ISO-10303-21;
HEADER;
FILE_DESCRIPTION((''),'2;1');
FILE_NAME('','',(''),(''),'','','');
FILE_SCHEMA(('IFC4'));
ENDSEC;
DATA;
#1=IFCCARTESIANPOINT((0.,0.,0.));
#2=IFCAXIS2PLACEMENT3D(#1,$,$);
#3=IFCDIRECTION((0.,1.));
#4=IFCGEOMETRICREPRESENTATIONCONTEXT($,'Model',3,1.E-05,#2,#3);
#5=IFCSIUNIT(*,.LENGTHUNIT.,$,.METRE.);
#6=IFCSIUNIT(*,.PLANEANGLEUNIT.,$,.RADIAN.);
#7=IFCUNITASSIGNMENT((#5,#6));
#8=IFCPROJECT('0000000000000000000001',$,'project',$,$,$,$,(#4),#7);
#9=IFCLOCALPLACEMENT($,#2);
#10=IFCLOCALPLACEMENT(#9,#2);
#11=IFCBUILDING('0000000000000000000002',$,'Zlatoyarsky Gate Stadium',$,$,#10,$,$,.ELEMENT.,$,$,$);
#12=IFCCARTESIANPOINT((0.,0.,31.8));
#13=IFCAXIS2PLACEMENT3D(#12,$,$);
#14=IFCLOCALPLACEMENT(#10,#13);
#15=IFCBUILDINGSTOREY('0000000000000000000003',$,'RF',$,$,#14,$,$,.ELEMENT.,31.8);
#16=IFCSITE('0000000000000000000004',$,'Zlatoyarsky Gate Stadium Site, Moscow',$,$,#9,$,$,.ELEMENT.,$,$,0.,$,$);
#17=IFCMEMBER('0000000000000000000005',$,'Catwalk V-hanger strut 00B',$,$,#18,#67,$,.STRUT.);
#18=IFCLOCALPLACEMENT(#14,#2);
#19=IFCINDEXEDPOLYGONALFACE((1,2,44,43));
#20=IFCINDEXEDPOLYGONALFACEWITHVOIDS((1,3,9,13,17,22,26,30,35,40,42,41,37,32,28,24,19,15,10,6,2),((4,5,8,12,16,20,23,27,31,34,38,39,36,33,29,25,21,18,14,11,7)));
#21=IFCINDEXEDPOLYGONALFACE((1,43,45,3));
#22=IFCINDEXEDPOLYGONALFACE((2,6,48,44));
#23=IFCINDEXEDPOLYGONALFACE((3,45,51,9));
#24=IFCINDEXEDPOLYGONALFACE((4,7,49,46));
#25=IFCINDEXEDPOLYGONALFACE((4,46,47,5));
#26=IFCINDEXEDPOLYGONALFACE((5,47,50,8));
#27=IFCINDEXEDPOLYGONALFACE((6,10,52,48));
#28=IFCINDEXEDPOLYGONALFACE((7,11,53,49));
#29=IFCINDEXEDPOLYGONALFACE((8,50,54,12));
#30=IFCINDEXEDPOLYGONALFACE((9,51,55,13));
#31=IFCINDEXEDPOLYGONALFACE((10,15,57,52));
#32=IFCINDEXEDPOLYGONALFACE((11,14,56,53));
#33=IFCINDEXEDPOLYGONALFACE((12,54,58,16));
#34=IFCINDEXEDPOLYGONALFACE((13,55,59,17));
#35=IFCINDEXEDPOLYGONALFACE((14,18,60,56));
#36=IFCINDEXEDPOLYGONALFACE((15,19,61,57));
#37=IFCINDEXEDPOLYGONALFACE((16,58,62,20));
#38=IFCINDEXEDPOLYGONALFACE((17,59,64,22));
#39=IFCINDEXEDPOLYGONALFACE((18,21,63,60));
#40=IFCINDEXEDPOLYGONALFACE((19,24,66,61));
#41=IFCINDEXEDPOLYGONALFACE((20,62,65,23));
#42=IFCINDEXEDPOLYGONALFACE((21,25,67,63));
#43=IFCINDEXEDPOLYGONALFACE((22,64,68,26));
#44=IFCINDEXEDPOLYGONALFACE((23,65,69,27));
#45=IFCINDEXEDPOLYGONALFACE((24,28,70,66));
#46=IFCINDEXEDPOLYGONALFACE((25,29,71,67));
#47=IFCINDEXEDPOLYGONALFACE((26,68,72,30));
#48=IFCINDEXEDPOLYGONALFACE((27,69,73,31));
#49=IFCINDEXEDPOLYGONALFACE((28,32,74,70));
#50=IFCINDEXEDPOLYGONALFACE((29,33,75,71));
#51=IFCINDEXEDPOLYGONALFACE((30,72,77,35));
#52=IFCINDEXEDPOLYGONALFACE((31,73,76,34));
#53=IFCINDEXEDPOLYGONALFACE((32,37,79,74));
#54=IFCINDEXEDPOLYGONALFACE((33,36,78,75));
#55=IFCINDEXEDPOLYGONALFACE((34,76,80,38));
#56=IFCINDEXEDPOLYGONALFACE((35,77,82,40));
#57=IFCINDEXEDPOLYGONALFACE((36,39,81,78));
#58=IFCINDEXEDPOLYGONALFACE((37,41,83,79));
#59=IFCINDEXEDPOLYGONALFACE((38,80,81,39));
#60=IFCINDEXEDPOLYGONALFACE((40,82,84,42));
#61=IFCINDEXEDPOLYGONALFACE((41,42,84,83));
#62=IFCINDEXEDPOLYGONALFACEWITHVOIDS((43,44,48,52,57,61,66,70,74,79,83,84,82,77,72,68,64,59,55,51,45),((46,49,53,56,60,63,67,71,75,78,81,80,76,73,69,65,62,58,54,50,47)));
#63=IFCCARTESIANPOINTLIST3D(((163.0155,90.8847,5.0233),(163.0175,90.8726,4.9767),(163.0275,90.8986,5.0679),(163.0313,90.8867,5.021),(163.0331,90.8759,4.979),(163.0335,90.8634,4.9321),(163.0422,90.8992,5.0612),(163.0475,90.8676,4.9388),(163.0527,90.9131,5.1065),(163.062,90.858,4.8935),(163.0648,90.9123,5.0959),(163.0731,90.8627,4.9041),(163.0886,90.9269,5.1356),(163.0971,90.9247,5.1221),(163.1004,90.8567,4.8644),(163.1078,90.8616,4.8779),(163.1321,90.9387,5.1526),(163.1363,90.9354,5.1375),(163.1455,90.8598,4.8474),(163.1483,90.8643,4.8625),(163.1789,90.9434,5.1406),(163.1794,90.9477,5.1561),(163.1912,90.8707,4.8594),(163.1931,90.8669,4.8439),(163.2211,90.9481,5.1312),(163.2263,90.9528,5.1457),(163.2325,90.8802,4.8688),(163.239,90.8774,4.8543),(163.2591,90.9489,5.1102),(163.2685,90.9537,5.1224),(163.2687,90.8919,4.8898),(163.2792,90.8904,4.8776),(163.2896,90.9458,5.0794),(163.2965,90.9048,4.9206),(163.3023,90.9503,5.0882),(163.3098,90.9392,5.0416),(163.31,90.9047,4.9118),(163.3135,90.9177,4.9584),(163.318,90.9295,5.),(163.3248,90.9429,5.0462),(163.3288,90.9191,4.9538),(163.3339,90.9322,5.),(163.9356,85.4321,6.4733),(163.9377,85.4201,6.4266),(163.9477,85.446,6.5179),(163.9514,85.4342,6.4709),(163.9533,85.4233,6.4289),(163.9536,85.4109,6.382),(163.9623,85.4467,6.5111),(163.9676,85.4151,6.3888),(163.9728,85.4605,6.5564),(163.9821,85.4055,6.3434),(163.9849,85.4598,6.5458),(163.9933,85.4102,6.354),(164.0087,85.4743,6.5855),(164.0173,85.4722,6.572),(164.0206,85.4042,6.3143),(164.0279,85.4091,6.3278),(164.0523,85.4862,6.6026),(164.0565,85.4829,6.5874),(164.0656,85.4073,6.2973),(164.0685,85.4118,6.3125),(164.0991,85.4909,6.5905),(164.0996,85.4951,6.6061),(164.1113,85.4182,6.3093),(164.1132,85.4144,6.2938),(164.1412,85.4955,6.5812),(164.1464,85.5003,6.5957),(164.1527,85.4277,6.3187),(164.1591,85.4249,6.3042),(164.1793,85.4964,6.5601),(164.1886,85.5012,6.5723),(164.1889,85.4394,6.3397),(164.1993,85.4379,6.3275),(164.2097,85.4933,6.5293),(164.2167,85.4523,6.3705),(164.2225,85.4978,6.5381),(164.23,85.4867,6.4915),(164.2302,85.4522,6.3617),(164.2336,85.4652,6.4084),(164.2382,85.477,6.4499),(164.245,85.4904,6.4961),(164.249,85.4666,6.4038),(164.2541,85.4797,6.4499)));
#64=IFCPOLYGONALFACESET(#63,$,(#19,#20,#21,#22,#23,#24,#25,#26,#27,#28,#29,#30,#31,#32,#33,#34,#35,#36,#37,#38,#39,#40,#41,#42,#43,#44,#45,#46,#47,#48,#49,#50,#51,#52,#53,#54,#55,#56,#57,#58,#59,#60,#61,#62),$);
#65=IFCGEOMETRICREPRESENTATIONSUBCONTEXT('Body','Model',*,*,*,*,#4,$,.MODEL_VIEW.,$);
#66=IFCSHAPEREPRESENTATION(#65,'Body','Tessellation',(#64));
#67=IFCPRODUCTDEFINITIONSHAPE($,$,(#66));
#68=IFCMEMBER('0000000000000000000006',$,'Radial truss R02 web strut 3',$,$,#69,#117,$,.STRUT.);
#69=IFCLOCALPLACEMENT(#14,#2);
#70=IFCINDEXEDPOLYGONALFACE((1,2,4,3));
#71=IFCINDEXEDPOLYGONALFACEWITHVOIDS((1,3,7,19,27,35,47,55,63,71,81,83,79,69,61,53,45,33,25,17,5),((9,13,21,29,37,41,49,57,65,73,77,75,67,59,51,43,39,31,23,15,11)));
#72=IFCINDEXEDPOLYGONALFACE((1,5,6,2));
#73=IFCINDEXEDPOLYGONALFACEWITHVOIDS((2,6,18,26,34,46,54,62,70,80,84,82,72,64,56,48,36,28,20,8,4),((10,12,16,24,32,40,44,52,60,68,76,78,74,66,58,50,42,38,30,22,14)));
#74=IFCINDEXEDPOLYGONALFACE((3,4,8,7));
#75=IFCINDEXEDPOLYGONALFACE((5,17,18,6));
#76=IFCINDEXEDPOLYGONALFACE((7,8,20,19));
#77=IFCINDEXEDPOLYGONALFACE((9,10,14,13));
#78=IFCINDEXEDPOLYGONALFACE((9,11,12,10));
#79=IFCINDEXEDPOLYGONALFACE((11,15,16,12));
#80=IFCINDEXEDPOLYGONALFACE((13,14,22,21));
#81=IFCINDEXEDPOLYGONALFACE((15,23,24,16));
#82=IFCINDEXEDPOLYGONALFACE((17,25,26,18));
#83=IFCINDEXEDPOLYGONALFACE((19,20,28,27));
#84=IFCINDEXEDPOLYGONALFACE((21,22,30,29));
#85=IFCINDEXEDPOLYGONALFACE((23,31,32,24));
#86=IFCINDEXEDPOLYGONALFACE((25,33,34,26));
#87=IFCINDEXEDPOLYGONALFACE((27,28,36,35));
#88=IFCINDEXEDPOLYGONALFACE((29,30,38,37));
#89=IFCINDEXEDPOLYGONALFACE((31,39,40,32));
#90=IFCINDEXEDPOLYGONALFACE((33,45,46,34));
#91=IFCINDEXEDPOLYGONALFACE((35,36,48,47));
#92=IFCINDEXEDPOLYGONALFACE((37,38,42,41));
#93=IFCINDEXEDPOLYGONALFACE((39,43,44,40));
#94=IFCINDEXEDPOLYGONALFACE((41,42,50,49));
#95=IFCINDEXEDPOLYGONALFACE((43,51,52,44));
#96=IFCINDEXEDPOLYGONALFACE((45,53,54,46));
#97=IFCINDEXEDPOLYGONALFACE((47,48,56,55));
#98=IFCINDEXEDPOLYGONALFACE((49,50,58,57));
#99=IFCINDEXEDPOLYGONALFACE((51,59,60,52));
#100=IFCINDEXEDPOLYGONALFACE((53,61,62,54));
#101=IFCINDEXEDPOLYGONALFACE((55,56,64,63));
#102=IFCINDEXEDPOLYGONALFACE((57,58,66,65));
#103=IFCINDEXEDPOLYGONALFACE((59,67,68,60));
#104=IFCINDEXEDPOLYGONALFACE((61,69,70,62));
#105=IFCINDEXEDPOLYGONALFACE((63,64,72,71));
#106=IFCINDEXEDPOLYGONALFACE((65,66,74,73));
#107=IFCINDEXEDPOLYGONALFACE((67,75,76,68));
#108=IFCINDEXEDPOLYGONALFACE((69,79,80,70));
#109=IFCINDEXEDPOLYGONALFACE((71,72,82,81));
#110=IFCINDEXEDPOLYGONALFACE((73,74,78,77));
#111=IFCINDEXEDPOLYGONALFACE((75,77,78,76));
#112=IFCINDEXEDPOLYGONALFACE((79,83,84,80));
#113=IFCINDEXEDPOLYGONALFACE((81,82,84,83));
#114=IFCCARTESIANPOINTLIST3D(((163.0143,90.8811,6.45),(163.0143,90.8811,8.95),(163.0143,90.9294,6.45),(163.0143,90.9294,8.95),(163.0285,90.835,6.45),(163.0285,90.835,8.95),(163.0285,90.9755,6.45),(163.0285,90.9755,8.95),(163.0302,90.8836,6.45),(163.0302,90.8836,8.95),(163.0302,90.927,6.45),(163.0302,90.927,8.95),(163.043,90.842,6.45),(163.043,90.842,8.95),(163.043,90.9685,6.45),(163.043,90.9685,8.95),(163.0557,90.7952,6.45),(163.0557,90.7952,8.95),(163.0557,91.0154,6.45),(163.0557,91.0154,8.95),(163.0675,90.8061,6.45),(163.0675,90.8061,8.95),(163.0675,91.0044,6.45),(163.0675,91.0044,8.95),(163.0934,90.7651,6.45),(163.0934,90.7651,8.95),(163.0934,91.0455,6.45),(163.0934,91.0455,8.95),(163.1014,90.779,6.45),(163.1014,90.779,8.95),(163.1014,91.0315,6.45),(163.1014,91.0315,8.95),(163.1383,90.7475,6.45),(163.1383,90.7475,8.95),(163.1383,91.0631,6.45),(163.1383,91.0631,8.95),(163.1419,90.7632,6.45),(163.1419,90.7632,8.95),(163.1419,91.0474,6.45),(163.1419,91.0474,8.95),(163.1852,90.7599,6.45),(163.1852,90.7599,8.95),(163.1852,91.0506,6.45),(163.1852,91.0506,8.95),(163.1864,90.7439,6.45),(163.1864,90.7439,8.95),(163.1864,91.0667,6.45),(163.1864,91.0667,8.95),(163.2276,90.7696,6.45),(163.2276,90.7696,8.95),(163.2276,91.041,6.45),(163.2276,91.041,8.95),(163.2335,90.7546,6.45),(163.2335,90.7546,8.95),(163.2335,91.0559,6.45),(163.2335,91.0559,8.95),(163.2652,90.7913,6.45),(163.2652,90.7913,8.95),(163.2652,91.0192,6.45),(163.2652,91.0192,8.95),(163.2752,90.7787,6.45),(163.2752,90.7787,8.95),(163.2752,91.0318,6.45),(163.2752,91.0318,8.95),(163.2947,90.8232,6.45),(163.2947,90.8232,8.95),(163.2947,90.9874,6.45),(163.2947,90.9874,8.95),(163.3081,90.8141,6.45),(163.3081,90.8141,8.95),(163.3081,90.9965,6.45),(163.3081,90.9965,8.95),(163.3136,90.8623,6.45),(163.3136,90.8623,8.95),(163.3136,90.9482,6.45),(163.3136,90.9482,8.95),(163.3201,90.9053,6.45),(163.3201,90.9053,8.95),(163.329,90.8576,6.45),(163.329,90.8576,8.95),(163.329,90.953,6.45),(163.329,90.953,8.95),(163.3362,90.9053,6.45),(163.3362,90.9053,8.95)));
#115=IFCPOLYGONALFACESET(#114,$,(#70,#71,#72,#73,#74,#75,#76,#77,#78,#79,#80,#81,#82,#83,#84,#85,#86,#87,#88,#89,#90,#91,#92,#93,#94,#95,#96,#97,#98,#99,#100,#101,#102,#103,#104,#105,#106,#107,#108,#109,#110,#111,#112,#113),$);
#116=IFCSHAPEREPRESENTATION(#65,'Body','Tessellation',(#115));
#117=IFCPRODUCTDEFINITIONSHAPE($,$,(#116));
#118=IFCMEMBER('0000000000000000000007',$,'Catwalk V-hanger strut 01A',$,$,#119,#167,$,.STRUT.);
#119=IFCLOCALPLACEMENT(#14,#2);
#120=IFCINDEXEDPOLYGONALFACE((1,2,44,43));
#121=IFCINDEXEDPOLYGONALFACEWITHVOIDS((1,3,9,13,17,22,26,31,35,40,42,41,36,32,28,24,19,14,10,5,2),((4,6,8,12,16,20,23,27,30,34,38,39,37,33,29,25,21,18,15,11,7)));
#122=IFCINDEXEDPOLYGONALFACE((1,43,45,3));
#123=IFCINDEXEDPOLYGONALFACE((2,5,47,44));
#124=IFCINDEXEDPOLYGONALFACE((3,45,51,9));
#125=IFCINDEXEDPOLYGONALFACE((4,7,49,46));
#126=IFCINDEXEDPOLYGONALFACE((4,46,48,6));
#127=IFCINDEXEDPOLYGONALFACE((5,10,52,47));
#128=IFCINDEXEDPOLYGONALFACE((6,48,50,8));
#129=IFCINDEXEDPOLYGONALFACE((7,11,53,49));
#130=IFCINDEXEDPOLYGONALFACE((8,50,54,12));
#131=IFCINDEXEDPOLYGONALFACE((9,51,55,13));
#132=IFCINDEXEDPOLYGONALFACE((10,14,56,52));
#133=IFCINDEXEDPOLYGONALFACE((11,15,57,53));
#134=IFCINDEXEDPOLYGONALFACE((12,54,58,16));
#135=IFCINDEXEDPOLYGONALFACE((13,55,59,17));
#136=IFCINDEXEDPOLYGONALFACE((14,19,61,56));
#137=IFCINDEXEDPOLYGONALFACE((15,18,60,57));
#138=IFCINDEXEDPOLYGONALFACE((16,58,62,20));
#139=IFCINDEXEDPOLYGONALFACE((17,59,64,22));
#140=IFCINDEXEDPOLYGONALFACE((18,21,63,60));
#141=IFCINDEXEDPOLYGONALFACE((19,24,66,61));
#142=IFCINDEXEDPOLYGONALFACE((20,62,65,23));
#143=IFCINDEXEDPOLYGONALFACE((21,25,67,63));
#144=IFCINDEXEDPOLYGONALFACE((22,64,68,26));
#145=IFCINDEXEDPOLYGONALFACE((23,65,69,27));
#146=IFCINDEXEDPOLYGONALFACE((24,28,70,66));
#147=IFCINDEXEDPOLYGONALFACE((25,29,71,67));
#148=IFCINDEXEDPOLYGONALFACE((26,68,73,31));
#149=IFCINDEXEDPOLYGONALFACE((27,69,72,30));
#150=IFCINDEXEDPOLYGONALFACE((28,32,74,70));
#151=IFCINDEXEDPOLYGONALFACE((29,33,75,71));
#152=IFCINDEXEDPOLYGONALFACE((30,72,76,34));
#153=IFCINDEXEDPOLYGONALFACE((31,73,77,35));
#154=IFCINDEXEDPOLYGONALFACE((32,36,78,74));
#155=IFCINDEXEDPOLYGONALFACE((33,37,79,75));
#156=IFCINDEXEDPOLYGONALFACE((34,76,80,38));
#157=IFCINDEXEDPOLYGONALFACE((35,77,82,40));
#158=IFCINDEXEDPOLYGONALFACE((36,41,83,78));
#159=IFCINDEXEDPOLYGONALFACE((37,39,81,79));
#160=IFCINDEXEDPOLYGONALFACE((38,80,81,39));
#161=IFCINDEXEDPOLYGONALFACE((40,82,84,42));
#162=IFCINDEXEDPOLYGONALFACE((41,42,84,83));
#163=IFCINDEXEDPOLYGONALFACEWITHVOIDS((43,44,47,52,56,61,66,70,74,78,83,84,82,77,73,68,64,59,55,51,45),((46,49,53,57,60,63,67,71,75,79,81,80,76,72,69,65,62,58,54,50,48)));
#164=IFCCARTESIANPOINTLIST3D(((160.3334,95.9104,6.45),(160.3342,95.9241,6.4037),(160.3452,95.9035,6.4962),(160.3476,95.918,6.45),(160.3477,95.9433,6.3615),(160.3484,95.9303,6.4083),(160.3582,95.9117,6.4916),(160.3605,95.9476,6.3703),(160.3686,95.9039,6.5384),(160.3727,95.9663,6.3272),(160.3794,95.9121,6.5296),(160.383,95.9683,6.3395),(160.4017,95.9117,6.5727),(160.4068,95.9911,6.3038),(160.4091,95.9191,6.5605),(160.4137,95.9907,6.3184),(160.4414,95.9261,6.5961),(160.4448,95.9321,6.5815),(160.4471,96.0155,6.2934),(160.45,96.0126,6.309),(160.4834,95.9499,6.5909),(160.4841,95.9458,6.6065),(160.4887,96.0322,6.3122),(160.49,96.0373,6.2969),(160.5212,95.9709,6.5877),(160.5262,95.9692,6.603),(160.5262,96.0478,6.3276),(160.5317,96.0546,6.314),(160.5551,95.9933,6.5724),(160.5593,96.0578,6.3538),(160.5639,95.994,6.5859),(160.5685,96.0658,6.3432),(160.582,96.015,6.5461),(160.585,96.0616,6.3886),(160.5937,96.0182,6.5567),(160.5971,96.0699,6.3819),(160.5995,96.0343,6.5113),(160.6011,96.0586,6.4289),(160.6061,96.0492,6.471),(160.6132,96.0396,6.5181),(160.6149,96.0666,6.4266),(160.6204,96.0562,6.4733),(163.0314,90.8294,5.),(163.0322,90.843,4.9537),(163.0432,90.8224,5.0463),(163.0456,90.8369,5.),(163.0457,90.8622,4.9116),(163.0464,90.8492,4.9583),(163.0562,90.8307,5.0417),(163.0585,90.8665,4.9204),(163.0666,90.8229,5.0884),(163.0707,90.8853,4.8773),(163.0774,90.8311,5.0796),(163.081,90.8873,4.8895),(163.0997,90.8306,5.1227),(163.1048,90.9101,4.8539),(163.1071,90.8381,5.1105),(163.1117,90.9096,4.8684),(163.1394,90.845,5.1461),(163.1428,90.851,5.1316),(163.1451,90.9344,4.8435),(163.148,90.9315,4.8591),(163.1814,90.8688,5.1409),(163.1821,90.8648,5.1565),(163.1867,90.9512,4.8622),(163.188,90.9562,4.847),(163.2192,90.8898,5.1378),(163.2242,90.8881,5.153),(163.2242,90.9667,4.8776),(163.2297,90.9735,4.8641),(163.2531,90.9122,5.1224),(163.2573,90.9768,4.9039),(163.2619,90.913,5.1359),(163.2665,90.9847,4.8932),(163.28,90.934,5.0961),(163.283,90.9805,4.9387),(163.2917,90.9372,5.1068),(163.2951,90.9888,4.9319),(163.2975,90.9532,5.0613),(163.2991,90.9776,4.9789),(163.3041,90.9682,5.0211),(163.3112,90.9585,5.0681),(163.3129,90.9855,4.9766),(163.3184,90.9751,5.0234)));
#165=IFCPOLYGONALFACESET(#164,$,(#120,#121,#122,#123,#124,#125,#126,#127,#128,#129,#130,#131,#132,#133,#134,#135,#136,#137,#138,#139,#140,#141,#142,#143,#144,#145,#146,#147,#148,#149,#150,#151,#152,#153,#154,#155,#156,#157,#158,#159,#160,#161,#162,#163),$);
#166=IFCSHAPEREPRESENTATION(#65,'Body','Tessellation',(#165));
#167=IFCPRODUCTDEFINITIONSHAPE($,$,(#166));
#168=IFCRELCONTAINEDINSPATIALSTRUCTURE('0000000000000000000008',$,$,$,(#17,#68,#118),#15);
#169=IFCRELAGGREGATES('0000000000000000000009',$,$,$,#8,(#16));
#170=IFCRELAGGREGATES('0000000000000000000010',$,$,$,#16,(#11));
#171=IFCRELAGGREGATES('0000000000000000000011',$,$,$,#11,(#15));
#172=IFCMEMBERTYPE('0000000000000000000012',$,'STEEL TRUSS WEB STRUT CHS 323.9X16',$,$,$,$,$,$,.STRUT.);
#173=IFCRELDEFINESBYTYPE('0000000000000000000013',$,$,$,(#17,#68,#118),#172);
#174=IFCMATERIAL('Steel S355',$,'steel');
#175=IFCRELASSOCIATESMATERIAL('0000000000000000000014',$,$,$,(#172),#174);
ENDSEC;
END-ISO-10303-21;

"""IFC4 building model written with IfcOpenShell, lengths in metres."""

from ifc_helpers import new_model, si_unit, direction, frame, origin, origin_2d, place, context, subcontext, project, spatial, hollow_circle, extrude, material, material_profile, profile_set, type_object, element, save


model = new_model("IFC4")

# Units and contexts
model_context = context("Model", 3, precision=1e-05, world=origin(), true_north=direction((0.0, 1.0)))
body_context = subcontext(model_context, "Body", "Model", "MODEL_VIEW")
ifc_project = project(units=[si_unit("LENGTHUNIT", "METRE"), si_unit("PLANEANGLEUNIT", "RADIAN")], contexts=[model_context])

# Site, building, storey
site_placement = place(None, origin())
site = spatial("IfcSite", under=ifc_project, at=site_placement, Name="Zlatoyarsky Gate Stadium Site, Moscow", CompositionType="ELEMENT", RefElevation=0.0)
building_placement = place(site_placement, origin())
building = spatial("IfcBuilding", under=site, at=building_placement, Name="Zlatoyarsky Gate Stadium", CompositionType="ELEMENT")
storey_placement = place(building_placement, frame((0.0, 0.0, 31.8)))
storey = spatial("IfcBuildingStorey", under=building, at=storey_placement, Name="RF", CompositionType="ELEMENT", Elevation=31.8)

# Shared definitions
ifc_material = material(Name="Steel S355", Category="steel")

# Members
ifc_material_profile_1 = material_profile(ifc_material, hollow_circle(Radius=0.1619, WallThickness=0.0161, at=origin_2d()), Name="CHS 323.9X16")
ifc_profile_set_1 = profile_set([ifc_material_profile_1], Name="Steel S355")
member_type_1 = type_object("IfcMemberType", Name="STEEL TRUSS WEB STRUT CHS 323.9X16", PredefinedType="STRUT", material=ifc_profile_set_1)
member_1_placement = place(storey_placement, frame((163.1743, 90.9053, 5.0), z_axis=(0.160962, -0.953814, 0.253636), x_axis=(0.986058, 0.166403, 0.0)))
element("IfcMember", 1, at=member_1_placement, inside=storey, type_object=member_type_1, Name="Catwalk V-hanger strut 00B", PredefinedType="STRUT", context=body_context, shape_type="SweptSolid", body=[
    extrude(hollow_circle(Radius=0.1619, WallThickness=0.0161, at=origin_2d()), origin(), (0.0, 0.0, 1.0), 5.7166),
])
member_2_placement = place(storey_placement, frame((163.1743, 90.9053, 6.45), z_axis=(0.0, 0.0, 1.0), x_axis=(1.0, 0.0, 0.0)))
element("IfcMember", 2, at=member_2_placement, inside=storey, type_object=member_type_1, Name="Radial truss R02 web strut 3", PredefinedType="STRUT", context=body_context, shape_type="SweptSolid", body=[
    extrude(hollow_circle(Radius=0.1619, WallThickness=0.0161, at=origin_2d()), origin(), (0.0, 0.0, 1.0), 2.5),
])
member_3_placement = place(storey_placement, frame((163.1743, 90.9053, 5.0), z_axis=(-0.454756, 0.856428, 0.244394), x_axis=(-0.88321, -0.468977, 0.0)))
element("IfcMember", 3, at=member_3_placement, inside=storey, type_object=member_type_1, Name="Catwalk V-hanger strut 01A", PredefinedType="STRUT", context=body_context, shape_type="SweptSolid", body=[
    extrude(hollow_circle(Radius=0.1619, WallThickness=0.0161, at=origin_2d()), origin(), (0.0, 0.0, 1.0), 5.9329),
])

save(model, "model.ifc")
